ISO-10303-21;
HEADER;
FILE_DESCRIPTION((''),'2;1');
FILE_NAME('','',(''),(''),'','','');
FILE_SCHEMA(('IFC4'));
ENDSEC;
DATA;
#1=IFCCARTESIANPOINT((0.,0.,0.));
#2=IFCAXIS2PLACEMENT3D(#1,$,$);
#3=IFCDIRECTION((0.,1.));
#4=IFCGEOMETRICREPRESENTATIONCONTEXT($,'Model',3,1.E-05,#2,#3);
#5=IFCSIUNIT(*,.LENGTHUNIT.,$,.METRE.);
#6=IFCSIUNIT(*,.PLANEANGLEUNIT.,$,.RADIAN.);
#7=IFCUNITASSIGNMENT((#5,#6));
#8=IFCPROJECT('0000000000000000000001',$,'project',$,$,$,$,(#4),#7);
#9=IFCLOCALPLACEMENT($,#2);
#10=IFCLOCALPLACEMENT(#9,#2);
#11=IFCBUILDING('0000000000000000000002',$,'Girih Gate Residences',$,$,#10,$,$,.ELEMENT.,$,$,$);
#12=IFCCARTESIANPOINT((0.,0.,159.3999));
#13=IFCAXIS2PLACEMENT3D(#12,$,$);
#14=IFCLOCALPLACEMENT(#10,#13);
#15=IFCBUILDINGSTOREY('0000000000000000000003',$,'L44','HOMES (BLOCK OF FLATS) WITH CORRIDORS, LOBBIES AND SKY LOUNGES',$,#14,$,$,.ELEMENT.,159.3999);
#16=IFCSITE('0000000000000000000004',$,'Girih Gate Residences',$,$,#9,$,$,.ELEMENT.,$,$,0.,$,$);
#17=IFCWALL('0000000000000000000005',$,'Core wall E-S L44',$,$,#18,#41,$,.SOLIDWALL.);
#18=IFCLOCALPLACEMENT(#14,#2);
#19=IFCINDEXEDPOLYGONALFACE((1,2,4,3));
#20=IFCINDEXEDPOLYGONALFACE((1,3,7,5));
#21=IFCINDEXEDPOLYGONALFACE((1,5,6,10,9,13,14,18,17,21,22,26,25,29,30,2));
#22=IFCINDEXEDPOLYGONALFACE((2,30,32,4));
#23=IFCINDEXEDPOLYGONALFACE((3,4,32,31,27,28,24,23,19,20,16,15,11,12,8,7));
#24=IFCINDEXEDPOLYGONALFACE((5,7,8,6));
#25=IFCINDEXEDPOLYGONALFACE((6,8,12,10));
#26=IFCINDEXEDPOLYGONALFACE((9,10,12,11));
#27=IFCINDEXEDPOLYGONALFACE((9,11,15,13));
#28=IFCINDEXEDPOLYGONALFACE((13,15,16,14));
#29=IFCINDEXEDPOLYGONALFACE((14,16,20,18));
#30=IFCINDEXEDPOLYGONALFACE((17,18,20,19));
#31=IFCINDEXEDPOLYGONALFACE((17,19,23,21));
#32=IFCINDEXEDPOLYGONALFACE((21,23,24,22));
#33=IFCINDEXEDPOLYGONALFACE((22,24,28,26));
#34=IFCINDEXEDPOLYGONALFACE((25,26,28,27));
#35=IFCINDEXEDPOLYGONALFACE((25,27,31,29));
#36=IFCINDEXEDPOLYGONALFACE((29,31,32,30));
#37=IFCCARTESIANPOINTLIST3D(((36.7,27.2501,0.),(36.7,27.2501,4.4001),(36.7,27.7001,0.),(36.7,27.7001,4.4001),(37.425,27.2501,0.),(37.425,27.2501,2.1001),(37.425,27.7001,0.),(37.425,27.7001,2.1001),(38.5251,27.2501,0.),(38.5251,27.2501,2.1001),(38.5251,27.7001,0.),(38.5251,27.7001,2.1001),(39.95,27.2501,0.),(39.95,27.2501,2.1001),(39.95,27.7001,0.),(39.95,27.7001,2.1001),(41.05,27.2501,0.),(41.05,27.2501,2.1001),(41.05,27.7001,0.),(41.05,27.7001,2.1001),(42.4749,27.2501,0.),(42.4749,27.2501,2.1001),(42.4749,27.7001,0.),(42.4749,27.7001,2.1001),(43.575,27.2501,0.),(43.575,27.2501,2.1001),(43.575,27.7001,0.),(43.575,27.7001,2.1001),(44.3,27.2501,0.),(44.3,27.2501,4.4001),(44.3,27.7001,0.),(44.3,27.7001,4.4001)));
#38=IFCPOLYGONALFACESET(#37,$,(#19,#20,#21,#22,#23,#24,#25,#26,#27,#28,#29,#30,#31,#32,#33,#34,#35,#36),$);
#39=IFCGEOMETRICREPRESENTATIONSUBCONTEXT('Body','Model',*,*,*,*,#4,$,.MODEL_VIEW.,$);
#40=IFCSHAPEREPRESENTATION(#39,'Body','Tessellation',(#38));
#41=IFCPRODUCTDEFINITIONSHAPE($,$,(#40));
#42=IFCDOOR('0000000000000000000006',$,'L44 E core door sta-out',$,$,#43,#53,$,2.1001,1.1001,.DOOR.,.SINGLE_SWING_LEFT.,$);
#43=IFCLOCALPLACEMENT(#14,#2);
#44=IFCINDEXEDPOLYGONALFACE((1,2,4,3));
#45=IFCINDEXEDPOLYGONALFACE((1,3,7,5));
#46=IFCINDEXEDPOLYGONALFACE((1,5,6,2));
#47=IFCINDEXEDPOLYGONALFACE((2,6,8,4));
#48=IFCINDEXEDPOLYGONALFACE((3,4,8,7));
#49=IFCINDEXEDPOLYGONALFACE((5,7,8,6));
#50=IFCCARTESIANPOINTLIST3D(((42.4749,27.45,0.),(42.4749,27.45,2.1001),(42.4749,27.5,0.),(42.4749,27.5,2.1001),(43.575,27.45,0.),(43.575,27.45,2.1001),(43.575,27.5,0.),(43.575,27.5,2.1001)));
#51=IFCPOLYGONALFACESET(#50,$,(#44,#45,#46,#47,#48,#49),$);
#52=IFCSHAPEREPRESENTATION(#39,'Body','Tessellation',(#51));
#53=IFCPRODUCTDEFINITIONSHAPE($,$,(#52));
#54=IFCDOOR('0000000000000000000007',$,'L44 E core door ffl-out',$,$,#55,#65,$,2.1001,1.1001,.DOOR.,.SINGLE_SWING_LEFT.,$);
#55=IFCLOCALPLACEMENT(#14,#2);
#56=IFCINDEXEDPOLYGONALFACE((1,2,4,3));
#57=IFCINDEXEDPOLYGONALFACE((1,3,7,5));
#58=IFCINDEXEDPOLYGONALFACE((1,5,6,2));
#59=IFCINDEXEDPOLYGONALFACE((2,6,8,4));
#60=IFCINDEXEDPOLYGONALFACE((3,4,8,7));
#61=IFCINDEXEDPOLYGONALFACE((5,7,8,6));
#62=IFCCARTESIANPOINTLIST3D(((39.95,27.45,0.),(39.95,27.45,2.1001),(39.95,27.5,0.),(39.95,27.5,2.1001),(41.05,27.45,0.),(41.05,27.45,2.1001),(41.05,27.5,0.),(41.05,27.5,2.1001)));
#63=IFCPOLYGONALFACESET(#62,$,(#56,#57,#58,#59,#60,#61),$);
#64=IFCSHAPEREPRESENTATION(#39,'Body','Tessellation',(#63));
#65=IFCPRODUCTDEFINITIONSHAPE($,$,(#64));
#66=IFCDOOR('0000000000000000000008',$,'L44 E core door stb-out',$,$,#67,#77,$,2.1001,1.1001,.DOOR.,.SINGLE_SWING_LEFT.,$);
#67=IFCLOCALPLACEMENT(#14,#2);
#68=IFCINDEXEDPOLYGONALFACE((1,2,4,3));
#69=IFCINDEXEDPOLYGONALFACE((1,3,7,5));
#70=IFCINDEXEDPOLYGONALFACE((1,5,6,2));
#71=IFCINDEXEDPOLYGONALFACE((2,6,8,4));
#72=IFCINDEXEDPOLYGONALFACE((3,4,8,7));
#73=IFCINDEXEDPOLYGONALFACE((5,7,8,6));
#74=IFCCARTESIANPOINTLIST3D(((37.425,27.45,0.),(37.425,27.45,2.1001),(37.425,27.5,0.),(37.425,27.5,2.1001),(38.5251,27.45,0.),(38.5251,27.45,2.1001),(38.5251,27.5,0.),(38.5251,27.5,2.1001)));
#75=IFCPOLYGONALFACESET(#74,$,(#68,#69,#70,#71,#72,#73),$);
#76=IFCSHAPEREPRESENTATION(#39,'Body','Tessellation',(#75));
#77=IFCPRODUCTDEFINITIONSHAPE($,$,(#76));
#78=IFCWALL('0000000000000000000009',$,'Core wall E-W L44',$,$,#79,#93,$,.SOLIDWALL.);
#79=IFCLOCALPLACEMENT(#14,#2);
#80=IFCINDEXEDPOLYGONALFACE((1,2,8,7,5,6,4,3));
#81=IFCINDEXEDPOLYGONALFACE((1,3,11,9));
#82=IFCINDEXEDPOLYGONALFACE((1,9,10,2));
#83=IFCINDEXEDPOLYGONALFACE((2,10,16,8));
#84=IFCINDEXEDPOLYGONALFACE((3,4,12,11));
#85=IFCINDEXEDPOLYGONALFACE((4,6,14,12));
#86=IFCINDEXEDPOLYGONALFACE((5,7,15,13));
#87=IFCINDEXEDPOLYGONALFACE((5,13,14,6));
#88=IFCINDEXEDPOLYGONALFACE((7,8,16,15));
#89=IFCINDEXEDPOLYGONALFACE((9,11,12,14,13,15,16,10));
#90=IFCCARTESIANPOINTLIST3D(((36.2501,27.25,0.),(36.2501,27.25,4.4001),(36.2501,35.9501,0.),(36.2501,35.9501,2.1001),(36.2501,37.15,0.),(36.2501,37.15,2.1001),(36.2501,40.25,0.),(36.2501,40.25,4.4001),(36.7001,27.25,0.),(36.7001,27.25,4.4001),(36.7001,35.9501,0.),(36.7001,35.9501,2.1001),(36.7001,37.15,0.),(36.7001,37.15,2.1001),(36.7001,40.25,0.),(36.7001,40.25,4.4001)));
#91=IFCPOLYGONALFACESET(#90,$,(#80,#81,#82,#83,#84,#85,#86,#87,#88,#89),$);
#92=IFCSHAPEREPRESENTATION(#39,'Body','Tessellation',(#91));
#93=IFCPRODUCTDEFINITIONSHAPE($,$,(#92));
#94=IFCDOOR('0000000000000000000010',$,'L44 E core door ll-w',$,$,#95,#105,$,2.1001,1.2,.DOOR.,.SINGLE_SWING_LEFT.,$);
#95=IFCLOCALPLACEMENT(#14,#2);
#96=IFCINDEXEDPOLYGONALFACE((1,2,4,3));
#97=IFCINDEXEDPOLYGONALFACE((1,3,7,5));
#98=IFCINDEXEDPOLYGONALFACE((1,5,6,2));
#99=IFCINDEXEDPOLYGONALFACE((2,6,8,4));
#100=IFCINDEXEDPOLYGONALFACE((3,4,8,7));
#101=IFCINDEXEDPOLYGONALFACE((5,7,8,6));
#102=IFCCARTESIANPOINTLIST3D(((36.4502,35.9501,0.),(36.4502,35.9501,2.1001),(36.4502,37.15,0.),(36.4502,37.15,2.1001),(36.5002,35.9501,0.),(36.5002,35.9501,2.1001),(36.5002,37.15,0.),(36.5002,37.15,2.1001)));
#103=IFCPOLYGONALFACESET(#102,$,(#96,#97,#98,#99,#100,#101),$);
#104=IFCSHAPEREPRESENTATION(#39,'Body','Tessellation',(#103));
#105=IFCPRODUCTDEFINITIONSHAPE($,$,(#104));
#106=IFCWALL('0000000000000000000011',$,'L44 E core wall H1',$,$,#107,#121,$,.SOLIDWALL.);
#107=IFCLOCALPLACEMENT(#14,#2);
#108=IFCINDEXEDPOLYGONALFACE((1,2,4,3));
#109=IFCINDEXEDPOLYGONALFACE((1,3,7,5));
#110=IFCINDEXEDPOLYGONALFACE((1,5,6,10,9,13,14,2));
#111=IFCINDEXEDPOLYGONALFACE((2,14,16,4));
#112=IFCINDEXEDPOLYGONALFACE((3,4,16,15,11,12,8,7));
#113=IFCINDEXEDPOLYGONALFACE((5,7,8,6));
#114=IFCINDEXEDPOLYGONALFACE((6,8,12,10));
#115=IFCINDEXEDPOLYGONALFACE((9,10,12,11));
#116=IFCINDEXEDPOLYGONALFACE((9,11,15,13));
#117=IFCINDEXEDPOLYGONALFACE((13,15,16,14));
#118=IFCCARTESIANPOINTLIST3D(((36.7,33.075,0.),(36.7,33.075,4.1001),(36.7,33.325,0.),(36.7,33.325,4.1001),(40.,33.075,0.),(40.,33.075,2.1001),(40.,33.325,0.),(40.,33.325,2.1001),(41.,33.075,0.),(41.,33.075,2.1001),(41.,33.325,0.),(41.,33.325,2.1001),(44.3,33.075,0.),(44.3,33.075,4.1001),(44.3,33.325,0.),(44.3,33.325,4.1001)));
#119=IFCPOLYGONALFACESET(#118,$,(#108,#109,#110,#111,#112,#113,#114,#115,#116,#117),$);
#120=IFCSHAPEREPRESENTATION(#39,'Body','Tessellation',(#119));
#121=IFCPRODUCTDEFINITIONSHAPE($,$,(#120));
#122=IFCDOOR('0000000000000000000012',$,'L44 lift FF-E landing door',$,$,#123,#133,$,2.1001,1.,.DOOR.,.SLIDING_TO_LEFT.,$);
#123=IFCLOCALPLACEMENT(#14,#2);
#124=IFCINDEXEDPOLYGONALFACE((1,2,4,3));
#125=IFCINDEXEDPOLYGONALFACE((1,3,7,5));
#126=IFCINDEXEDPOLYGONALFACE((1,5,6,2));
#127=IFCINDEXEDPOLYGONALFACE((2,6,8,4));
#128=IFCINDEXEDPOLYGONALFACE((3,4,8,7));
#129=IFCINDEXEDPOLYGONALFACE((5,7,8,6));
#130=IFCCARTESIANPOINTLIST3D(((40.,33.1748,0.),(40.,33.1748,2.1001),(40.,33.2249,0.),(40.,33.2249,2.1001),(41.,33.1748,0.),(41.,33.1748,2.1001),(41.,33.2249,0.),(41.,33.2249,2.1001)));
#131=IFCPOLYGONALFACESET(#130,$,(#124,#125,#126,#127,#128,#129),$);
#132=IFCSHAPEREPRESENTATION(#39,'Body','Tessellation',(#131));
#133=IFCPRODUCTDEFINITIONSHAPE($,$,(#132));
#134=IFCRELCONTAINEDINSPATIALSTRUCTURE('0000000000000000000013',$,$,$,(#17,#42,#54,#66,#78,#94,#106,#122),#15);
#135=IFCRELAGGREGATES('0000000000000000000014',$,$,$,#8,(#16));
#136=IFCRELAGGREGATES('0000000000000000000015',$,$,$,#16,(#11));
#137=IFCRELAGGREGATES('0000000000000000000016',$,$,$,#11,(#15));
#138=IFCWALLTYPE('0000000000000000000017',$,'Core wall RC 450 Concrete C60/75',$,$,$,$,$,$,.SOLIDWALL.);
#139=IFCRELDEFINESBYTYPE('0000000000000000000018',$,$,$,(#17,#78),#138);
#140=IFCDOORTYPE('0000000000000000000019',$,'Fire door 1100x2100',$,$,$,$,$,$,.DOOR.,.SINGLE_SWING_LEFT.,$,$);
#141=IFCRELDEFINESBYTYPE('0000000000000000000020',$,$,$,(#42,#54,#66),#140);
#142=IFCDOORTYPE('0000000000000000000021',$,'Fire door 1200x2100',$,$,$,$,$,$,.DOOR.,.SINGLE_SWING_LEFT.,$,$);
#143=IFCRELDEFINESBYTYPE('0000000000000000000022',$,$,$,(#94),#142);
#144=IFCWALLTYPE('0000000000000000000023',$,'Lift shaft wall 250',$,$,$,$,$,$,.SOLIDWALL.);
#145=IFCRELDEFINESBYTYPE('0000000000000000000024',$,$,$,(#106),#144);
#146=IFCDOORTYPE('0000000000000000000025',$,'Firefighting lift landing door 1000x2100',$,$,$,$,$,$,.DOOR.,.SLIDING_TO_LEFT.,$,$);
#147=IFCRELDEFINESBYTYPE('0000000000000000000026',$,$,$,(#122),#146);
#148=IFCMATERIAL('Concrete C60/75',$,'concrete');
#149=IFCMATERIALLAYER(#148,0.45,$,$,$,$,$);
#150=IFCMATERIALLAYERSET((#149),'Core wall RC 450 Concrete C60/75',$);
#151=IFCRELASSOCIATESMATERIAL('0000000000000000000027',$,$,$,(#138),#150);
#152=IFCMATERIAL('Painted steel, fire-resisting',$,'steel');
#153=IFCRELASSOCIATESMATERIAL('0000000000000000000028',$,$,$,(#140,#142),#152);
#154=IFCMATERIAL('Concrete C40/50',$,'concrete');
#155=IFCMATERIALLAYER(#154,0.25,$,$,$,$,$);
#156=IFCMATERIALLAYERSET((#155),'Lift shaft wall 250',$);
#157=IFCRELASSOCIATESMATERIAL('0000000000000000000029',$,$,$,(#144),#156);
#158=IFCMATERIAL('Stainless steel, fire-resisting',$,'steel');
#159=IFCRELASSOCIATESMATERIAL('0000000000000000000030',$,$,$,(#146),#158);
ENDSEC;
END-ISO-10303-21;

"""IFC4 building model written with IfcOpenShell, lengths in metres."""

from ifc_helpers import new_model, si_unit, direction, frame, frame_2d, origin, place, context, subcontext, project, spatial, rectangle, extrude, material, layer, layer_set, type_object, element, fill, save


model = new_model("IFC4")

# Units and contexts
model_context = context("Model", 3, precision=1e-05, world=origin(), true_north=direction((0.0, 1.0)))
body_context = subcontext(model_context, "Body", "Model", "MODEL_VIEW")
ifc_project = project(units=[si_unit("LENGTHUNIT", "METRE"), si_unit("PLANEANGLEUNIT", "RADIAN")], contexts=[model_context])

# Site, building, storey
site_placement = place(None, origin())
site = spatial("IfcSite", under=ifc_project, at=site_placement, Name="Girih Gate Residences", CompositionType="ELEMENT", RefElevation=0.0)
building_placement = place(site_placement, origin())
building = spatial("IfcBuilding", under=site, at=building_placement, Name="Girih Gate Residences", CompositionType="ELEMENT")
storey_placement = place(building_placement, frame((0.0, 0.0, 159.3999)))
storey = spatial("IfcBuildingStorey", under=building, at=storey_placement, Name="L44", Description="HOMES (BLOCK OF FLATS) WITH CORRIDORS, LOBBIES AND SKY LOUNGES", CompositionType="ELEMENT", Elevation=159.3999)

# Wall, openings, doors
ifc_material_1 = material(Name="Concrete C60/75", Category="concrete")
ifc_layer_1 = layer(ifc_material_1, 0.45)
ifc_layer_set_1 = layer_set([ifc_layer_1], Name="Core wall RC 450 Concrete C60/75")
wall_type_1 = type_object("IfcWallType", Name="Core wall RC 450 Concrete C60/75", PredefinedType="SOLIDWALL", material=ifc_layer_set_1)
wall_1_placement = place(storey_placement, frame((36.7, 27.4751, 0.0), z_axis=(0.0, 0.0, 1.0), x_axis=(1.0, 0.0, 0.0)))
wall_1 = element("IfcWall", 1, at=wall_1_placement, inside=storey, type_object=wall_type_1, Name="Core wall E-S L44", PredefinedType="SOLIDWALL", context=body_context, shape_type="SweptSolid", body=[
    extrude(rectangle(XDim=7.6001, YDim=0.45, at=frame_2d((3.8, 0.0))), origin(), (0.0, 0.0, 1.0), 4.4001),
])
opening_1_placement = place(wall_1_placement, frame((5.7749, 0.0, 0.0)))
opening_1 = element("IfcOpeningElement", 2, at=opening_1_placement, cuts=wall_1, PredefinedType="OPENING", context=body_context, shape_type="SweptSolid", body=[
    extrude(rectangle(XDim=1.1001, YDim=2.1001, at=frame_2d((0.55, 1.05))), frame((0.0, 0.2349, 0.0), z_axis=(0.0, -1.0, 0.0), x_axis=(1.0, 0.0, 0.0)), (0.0, 0.0, 1.0), 0.47),
])
opening_2_placement = place(wall_1_placement, frame((3.25, 0.0, 0.0)))
opening_2 = element("IfcOpeningElement", 3, at=opening_2_placement, cuts=wall_1, PredefinedType="OPENING", context=body_context, shape_type="SweptSolid", body=[
    extrude(rectangle(XDim=1.1001, YDim=2.1001, at=frame_2d((0.55, 1.05))), frame((0.0, 0.2349, 0.0), z_axis=(0.0, -1.0, 0.0), x_axis=(1.0, 0.0, 0.0)), (0.0, 0.0, 1.0), 0.47),
])
opening_3_placement = place(wall_1_placement, frame((0.7251, 0.0, 0.0)))
opening_3 = element("IfcOpeningElement", 4, at=opening_3_placement, cuts=wall_1, PredefinedType="OPENING", context=body_context, shape_type="SweptSolid", body=[
    extrude(rectangle(XDim=1.1001, YDim=2.1001, at=frame_2d((0.55, 1.05))), frame((0.0, 0.2349, 0.0), z_axis=(0.0, -1.0, 0.0), x_axis=(1.0, 0.0, 0.0)), (0.0, 0.0, 1.0), 0.47),
])
ifc_material_2 = material(Name="Painted steel, fire-resisting", Category="steel")
door_type_1 = type_object("IfcDoorType", Name="Fire door 1100x2100", OperationType="SINGLE_SWING_LEFT", PredefinedType="DOOR", material=ifc_material_2)
door_1_placement = place(opening_1_placement, origin())
door_1 = element("IfcDoor", 5, at=door_1_placement, inside=storey, type_object=door_type_1, Name="L44 E core door sta-out", OperationType="SINGLE_SWING_LEFT", OverallHeight=2.1001, OverallWidth=1.1001, PredefinedType="DOOR", context=body_context, shape_type="SweptSolid", body=[
    extrude(rectangle(XDim=1.1001, YDim=2.1001, at=frame_2d((0.55, 1.05))), frame((0.0, 0.0249, 0.0), z_axis=(0.0, -1.0, 0.0), x_axis=(1.0, 0.0, 0.0)), (0.0, 0.0, 1.0), 0.05),
])
fill(opening_1, door_1)
door_2_placement = place(opening_2_placement, origin())
door_2 = element("IfcDoor", 6, at=door_2_placement, inside=storey, type_object=door_type_1, Name="L44 E core door ffl-out", OperationType="SINGLE_SWING_LEFT", OverallHeight=2.1001, OverallWidth=1.1001, PredefinedType="DOOR", context=body_context, shape_type="SweptSolid", body=[
    extrude(rectangle(XDim=1.1001, YDim=2.1001, at=frame_2d((0.55, 1.05))), frame((0.0, 0.0249, 0.0), z_axis=(0.0, -1.0, 0.0), x_axis=(1.0, 0.0, 0.0)), (0.0, 0.0, 1.0), 0.05),
])
fill(opening_2, door_2)
door_3_placement = place(opening_3_placement, origin())
door_3 = element("IfcDoor", 7, at=door_3_placement, inside=storey, type_object=door_type_1, Name="L44 E core door stb-out", OperationType="SINGLE_SWING_LEFT", OverallHeight=2.1001, OverallWidth=1.1001, PredefinedType="DOOR", context=body_context, shape_type="SweptSolid", body=[
    extrude(rectangle(XDim=1.1001, YDim=2.1001, at=frame_2d((0.55, 1.05))), frame((0.0, 0.0249, 0.0), z_axis=(0.0, -1.0, 0.0), x_axis=(1.0, 0.0, 0.0)), (0.0, 0.0, 1.0), 0.05),
])
fill(opening_3, door_3)

# Walls, openings, doors
wall_2_placement = place(storey_placement, frame((36.4751, 27.25, 0.0), z_axis=(0.0, 0.0, 1.0), x_axis=(0.0, 1.0, 0.0)))
wall_2 = element("IfcWall", 8, at=wall_2_placement, inside=storey, type_object=wall_type_1, Name="Core wall E-W L44", PredefinedType="SOLIDWALL", context=body_context, shape_type="SweptSolid", body=[
    extrude(rectangle(XDim=13.0, YDim=0.45, at=frame_2d((6.5, 0.0))), origin(), (0.0, 0.0, 1.0), 4.4001),
])
opening_4_placement = place(wall_2_placement, frame((8.7, 0.0, 0.0)))
opening_4 = element("IfcOpeningElement", 9, at=opening_4_placement, cuts=wall_2, PredefinedType="OPENING", context=body_context, shape_type="SweptSolid", body=[
    extrude(rectangle(XDim=1.2, YDim=2.1001, at=frame_2d((0.6001, 1.05))), frame((0.0, 0.2349, 0.0), z_axis=(0.0, -1.0, 0.0), x_axis=(1.0, 0.0, 0.0)), (0.0, 0.0, 1.0), 0.47),
])
door_type_2 = type_object("IfcDoorType", Name="Fire door 1200x2100", OperationType="SINGLE_SWING_LEFT", PredefinedType="DOOR", material=ifc_material_2)
door_4_placement = place(opening_4_placement, origin())
door_4 = element("IfcDoor", 10, at=door_4_placement, inside=storey, type_object=door_type_2, Name="L44 E core door ll-w", OperationType="SINGLE_SWING_LEFT", OverallHeight=2.1001, OverallWidth=1.2, PredefinedType="DOOR", context=body_context, shape_type="SweptSolid", body=[
    extrude(rectangle(XDim=1.2, YDim=2.1001, at=frame_2d((0.6001, 1.05))), frame((0.0, 0.0249, 0.0), z_axis=(0.0, -1.0, 0.0), x_axis=(1.0, 0.0, 0.0)), (0.0, 0.0, 1.0), 0.05),
])
fill(opening_4, door_4)
ifc_material_3 = material(Name="Concrete C40/50", Category="concrete")
ifc_layer_2 = layer(ifc_material_3, 0.25)
ifc_layer_set_2 = layer_set([ifc_layer_2], Name="Lift shaft wall 250")
wall_type_2 = type_object("IfcWallType", Name="Lift shaft wall 250", PredefinedType="SOLIDWALL", material=ifc_layer_set_2)
wall_3_placement = place(storey_placement, frame((36.7, 33.2, 0.0), z_axis=(0.0, 0.0, 1.0), x_axis=(1.0, 0.0, 0.0)))
wall_3 = element("IfcWall", 11, at=wall_3_placement, inside=storey, type_object=wall_type_2, Name="L44 E core wall H1", PredefinedType="SOLIDWALL", context=body_context, shape_type="SweptSolid", body=[
    extrude(rectangle(XDim=7.6001, YDim=0.25, at=frame_2d((3.8, 0.0))), origin(), (0.0, 0.0, 1.0), 4.1001),
])
opening_5_placement = place(wall_3_placement, frame((3.3, 0.0, 0.0)))
opening_5 = element("IfcOpeningElement", 12, at=opening_5_placement, cuts=wall_3, PredefinedType="OPENING", context=body_context, shape_type="SweptSolid", body=[
    extrude(rectangle(XDim=1.0, YDim=2.1001, at=frame_2d((0.5, 1.05))), frame((0.0, 0.135, 0.0), z_axis=(0.0, -1.0, 0.0), x_axis=(1.0, 0.0, 0.0)), (0.0, 0.0, 1.0), 0.27),
])
ifc_material_4 = material(Name="Stainless steel, fire-resisting", Category="steel")
door_type_3 = type_object("IfcDoorType", Name="Firefighting lift landing door 1000x2100", OperationType="SLIDING_TO_LEFT", PredefinedType="DOOR", material=ifc_material_4)
door_5_placement = place(opening_5_placement, origin())
door_5 = element("IfcDoor", 13, at=door_5_placement, inside=storey, type_object=door_type_3, Name="L44 lift FF-E landing door", OperationType="SLIDING_TO_LEFT", OverallHeight=2.1001, OverallWidth=1.0, PredefinedType="DOOR", context=body_context, shape_type="SweptSolid", body=[
    extrude(rectangle(XDim=1.0, YDim=2.1001, at=frame_2d((0.5, 1.05))), frame((0.0, 0.0249, 0.0), z_axis=(0.0, -1.0, 0.0), x_axis=(1.0, 0.0, 0.0)), (0.0, 0.0, 1.0), 0.05),
])
fill(opening_5, door_5)

save(model, "model.ifc")
